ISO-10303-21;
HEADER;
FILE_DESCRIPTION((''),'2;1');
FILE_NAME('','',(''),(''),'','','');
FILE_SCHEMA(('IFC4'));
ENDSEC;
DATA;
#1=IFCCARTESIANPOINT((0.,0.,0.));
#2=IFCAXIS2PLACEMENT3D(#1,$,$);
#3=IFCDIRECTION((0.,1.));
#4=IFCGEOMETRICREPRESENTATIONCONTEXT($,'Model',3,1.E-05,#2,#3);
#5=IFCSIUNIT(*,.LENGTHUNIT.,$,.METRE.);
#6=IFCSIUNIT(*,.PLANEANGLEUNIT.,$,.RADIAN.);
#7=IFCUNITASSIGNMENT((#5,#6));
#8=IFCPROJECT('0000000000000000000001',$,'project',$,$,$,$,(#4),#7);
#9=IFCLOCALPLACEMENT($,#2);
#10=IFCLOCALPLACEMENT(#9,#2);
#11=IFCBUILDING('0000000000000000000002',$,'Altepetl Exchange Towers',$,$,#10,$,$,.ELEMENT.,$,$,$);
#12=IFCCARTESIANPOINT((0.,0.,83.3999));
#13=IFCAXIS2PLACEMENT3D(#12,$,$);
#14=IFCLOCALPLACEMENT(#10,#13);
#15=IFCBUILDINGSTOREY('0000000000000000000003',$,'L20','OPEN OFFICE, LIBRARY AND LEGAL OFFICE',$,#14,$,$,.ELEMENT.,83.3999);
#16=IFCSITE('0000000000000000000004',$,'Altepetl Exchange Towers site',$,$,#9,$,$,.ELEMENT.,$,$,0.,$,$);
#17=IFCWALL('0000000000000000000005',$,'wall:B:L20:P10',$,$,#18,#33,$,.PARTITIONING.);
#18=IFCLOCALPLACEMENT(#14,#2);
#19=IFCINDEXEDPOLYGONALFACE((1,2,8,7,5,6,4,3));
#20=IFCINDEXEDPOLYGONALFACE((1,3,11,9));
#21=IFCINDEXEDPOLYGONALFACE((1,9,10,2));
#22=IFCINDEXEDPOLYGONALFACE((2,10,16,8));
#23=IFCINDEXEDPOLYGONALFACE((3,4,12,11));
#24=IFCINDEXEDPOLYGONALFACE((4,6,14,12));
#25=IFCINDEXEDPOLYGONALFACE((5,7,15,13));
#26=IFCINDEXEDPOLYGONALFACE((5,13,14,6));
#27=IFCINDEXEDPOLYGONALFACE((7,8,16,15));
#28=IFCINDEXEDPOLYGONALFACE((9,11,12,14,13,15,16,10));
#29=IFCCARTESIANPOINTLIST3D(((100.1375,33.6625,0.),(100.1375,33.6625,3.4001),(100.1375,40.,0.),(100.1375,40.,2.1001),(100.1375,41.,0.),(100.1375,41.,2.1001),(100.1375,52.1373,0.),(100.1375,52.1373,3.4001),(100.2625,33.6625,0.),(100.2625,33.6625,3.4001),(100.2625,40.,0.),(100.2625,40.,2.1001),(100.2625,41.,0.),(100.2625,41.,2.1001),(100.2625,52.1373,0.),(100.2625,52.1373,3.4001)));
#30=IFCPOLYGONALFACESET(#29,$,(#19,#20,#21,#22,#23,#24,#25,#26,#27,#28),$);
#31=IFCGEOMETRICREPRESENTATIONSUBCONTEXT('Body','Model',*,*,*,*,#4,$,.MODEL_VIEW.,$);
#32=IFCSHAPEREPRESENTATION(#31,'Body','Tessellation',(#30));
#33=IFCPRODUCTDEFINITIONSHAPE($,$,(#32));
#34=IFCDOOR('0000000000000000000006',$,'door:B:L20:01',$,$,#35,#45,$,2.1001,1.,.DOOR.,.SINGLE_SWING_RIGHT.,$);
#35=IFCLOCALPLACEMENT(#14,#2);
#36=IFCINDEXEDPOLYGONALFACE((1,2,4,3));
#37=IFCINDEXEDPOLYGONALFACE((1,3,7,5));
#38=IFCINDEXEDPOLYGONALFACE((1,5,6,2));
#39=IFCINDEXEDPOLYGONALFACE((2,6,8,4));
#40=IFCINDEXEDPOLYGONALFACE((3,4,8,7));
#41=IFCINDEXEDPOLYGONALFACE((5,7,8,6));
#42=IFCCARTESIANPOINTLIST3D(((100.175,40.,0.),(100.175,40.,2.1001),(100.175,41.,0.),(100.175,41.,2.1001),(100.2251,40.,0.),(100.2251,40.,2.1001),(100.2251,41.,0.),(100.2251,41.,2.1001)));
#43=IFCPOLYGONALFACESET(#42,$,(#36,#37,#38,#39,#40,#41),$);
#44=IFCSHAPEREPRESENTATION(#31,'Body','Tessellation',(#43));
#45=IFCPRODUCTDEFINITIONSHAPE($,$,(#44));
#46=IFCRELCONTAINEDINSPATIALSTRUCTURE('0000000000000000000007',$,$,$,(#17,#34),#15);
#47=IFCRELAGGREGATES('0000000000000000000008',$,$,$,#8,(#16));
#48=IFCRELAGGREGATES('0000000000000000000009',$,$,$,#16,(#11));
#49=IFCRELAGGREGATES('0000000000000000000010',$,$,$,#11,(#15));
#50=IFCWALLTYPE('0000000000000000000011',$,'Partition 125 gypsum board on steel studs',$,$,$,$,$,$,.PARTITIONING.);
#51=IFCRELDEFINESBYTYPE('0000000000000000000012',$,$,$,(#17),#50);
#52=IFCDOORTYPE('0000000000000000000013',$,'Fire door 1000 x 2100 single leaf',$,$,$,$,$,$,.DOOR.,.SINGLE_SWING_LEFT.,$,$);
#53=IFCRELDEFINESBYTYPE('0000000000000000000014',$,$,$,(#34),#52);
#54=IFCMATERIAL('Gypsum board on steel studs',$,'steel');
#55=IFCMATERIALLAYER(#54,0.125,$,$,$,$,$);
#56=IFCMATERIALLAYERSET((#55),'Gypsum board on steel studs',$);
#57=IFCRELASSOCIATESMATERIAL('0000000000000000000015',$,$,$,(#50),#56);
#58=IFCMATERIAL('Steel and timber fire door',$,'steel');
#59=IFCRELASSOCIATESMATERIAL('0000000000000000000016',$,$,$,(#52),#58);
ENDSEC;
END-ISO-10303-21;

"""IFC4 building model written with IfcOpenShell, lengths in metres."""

from ifc_helpers import new_model, si_unit, direction, frame, frame_2d, origin, place, context, subcontext, project, spatial, rectangle, extrude, material, layer, layer_set, type_object, element, fill, save


model = new_model("IFC4")

# Units and contexts
model_context = context("Model", 3, precision=1e-05, world=origin(), true_north=direction((0.0, 1.0)))
body_context = subcontext(model_context, "Body", "Model", "MODEL_VIEW")
ifc_project = project(units=[si_unit("LENGTHUNIT", "METRE"), si_unit("PLANEANGLEUNIT", "RADIAN")], contexts=[model_context])

# Site, building, storey
site_placement = place(None, origin())
site = spatial("IfcSite", under=ifc_project, at=site_placement, Name="Altepetl Exchange Towers site", CompositionType="ELEMENT", RefElevation=0.0)
building_placement = place(site_placement, origin())
building = spatial("IfcBuilding", under=site, at=building_placement, Name="Altepetl Exchange Towers", CompositionType="ELEMENT")
storey_placement = place(building_placement, frame((0.0, 0.0, 83.3999)))
storey = spatial("IfcBuildingStorey", under=building, at=storey_placement, Name="L20", Description="OPEN OFFICE, LIBRARY AND LEGAL OFFICE", CompositionType="ELEMENT", Elevation=83.3999)

# Shared definitions
ifc_material_1 = material(Name="Gypsum board on steel studs", Category="steel")
ifc_layer_1 = layer(ifc_material_1, 0.125)
ifc_layer_set_1 = layer_set([ifc_layer_1], Name="Gypsum board on steel studs")
wall_type = type_object("IfcWallType", Name="Partition 125 gypsum board on steel studs", PredefinedType="PARTITIONING", material=ifc_layer_set_1)
ifc_material_2 = material(Name="Steel and timber fire door", Category="steel")
door_type = type_object("IfcDoorType", Name="Fire door 1000 x 2100 single leaf", OperationType="SINGLE_SWING_LEFT", PredefinedType="DOOR", material=ifc_material_2)

# Wall, opening, door
wall_1_placement = place(storey_placement, frame((100.2, 33.6626, 0.0), z_axis=(0.0, 0.0, 1.0), x_axis=(0.0, 1.0, 0.0)))
wall_1 = element("IfcWall", 1, at=wall_1_placement, inside=storey, type_object=wall_type, Name="wall:B:L20:P10", PredefinedType="PARTITIONING", context=body_context, shape_type="SweptSolid", body=[
    extrude(rectangle(XDim=18.4749, YDim=0.125, at=frame_2d((9.2373, 0.0))), origin(), (0.0, 0.0, 1.0), 3.4001),
])
opening_1_placement = place(wall_1_placement, frame((6.3374, 0.0, 0.0)))
opening_1 = element("IfcOpeningElement", 2, at=opening_1_placement, cuts=wall_1, PredefinedType="OPENING", context=body_context, shape_type="SweptSolid", body=[
    extrude(rectangle(XDim=1.0, YDim=2.1001, at=frame_2d((0.5, 1.05))), frame((0.0, 0.0725, 0.0), z_axis=(0.0, -1.0, 0.0), x_axis=(1.0, 0.0, 0.0)), (0.0, 0.0, 1.0), 0.145),
])
door_1_placement = place(opening_1_placement, origin())
door_1 = element("IfcDoor", 3, at=door_1_placement, inside=storey, type_object=door_type, Name="door:B:L20:01", OperationType="SINGLE_SWING_RIGHT", OverallHeight=2.1001, OverallWidth=1.0, PredefinedType="DOOR", context=body_context, shape_type="SweptSolid", body=[
    extrude(rectangle(XDim=1.0, YDim=2.1001, at=frame_2d((0.5, 1.05))), frame((0.0, 0.0249, 0.0), z_axis=(0.0, -1.0, 0.0), x_axis=(1.0, 0.0, 0.0)), (0.0, 0.0, 1.0), 0.05),
])
fill(opening_1, door_1)

save(model, "model.ifc")
